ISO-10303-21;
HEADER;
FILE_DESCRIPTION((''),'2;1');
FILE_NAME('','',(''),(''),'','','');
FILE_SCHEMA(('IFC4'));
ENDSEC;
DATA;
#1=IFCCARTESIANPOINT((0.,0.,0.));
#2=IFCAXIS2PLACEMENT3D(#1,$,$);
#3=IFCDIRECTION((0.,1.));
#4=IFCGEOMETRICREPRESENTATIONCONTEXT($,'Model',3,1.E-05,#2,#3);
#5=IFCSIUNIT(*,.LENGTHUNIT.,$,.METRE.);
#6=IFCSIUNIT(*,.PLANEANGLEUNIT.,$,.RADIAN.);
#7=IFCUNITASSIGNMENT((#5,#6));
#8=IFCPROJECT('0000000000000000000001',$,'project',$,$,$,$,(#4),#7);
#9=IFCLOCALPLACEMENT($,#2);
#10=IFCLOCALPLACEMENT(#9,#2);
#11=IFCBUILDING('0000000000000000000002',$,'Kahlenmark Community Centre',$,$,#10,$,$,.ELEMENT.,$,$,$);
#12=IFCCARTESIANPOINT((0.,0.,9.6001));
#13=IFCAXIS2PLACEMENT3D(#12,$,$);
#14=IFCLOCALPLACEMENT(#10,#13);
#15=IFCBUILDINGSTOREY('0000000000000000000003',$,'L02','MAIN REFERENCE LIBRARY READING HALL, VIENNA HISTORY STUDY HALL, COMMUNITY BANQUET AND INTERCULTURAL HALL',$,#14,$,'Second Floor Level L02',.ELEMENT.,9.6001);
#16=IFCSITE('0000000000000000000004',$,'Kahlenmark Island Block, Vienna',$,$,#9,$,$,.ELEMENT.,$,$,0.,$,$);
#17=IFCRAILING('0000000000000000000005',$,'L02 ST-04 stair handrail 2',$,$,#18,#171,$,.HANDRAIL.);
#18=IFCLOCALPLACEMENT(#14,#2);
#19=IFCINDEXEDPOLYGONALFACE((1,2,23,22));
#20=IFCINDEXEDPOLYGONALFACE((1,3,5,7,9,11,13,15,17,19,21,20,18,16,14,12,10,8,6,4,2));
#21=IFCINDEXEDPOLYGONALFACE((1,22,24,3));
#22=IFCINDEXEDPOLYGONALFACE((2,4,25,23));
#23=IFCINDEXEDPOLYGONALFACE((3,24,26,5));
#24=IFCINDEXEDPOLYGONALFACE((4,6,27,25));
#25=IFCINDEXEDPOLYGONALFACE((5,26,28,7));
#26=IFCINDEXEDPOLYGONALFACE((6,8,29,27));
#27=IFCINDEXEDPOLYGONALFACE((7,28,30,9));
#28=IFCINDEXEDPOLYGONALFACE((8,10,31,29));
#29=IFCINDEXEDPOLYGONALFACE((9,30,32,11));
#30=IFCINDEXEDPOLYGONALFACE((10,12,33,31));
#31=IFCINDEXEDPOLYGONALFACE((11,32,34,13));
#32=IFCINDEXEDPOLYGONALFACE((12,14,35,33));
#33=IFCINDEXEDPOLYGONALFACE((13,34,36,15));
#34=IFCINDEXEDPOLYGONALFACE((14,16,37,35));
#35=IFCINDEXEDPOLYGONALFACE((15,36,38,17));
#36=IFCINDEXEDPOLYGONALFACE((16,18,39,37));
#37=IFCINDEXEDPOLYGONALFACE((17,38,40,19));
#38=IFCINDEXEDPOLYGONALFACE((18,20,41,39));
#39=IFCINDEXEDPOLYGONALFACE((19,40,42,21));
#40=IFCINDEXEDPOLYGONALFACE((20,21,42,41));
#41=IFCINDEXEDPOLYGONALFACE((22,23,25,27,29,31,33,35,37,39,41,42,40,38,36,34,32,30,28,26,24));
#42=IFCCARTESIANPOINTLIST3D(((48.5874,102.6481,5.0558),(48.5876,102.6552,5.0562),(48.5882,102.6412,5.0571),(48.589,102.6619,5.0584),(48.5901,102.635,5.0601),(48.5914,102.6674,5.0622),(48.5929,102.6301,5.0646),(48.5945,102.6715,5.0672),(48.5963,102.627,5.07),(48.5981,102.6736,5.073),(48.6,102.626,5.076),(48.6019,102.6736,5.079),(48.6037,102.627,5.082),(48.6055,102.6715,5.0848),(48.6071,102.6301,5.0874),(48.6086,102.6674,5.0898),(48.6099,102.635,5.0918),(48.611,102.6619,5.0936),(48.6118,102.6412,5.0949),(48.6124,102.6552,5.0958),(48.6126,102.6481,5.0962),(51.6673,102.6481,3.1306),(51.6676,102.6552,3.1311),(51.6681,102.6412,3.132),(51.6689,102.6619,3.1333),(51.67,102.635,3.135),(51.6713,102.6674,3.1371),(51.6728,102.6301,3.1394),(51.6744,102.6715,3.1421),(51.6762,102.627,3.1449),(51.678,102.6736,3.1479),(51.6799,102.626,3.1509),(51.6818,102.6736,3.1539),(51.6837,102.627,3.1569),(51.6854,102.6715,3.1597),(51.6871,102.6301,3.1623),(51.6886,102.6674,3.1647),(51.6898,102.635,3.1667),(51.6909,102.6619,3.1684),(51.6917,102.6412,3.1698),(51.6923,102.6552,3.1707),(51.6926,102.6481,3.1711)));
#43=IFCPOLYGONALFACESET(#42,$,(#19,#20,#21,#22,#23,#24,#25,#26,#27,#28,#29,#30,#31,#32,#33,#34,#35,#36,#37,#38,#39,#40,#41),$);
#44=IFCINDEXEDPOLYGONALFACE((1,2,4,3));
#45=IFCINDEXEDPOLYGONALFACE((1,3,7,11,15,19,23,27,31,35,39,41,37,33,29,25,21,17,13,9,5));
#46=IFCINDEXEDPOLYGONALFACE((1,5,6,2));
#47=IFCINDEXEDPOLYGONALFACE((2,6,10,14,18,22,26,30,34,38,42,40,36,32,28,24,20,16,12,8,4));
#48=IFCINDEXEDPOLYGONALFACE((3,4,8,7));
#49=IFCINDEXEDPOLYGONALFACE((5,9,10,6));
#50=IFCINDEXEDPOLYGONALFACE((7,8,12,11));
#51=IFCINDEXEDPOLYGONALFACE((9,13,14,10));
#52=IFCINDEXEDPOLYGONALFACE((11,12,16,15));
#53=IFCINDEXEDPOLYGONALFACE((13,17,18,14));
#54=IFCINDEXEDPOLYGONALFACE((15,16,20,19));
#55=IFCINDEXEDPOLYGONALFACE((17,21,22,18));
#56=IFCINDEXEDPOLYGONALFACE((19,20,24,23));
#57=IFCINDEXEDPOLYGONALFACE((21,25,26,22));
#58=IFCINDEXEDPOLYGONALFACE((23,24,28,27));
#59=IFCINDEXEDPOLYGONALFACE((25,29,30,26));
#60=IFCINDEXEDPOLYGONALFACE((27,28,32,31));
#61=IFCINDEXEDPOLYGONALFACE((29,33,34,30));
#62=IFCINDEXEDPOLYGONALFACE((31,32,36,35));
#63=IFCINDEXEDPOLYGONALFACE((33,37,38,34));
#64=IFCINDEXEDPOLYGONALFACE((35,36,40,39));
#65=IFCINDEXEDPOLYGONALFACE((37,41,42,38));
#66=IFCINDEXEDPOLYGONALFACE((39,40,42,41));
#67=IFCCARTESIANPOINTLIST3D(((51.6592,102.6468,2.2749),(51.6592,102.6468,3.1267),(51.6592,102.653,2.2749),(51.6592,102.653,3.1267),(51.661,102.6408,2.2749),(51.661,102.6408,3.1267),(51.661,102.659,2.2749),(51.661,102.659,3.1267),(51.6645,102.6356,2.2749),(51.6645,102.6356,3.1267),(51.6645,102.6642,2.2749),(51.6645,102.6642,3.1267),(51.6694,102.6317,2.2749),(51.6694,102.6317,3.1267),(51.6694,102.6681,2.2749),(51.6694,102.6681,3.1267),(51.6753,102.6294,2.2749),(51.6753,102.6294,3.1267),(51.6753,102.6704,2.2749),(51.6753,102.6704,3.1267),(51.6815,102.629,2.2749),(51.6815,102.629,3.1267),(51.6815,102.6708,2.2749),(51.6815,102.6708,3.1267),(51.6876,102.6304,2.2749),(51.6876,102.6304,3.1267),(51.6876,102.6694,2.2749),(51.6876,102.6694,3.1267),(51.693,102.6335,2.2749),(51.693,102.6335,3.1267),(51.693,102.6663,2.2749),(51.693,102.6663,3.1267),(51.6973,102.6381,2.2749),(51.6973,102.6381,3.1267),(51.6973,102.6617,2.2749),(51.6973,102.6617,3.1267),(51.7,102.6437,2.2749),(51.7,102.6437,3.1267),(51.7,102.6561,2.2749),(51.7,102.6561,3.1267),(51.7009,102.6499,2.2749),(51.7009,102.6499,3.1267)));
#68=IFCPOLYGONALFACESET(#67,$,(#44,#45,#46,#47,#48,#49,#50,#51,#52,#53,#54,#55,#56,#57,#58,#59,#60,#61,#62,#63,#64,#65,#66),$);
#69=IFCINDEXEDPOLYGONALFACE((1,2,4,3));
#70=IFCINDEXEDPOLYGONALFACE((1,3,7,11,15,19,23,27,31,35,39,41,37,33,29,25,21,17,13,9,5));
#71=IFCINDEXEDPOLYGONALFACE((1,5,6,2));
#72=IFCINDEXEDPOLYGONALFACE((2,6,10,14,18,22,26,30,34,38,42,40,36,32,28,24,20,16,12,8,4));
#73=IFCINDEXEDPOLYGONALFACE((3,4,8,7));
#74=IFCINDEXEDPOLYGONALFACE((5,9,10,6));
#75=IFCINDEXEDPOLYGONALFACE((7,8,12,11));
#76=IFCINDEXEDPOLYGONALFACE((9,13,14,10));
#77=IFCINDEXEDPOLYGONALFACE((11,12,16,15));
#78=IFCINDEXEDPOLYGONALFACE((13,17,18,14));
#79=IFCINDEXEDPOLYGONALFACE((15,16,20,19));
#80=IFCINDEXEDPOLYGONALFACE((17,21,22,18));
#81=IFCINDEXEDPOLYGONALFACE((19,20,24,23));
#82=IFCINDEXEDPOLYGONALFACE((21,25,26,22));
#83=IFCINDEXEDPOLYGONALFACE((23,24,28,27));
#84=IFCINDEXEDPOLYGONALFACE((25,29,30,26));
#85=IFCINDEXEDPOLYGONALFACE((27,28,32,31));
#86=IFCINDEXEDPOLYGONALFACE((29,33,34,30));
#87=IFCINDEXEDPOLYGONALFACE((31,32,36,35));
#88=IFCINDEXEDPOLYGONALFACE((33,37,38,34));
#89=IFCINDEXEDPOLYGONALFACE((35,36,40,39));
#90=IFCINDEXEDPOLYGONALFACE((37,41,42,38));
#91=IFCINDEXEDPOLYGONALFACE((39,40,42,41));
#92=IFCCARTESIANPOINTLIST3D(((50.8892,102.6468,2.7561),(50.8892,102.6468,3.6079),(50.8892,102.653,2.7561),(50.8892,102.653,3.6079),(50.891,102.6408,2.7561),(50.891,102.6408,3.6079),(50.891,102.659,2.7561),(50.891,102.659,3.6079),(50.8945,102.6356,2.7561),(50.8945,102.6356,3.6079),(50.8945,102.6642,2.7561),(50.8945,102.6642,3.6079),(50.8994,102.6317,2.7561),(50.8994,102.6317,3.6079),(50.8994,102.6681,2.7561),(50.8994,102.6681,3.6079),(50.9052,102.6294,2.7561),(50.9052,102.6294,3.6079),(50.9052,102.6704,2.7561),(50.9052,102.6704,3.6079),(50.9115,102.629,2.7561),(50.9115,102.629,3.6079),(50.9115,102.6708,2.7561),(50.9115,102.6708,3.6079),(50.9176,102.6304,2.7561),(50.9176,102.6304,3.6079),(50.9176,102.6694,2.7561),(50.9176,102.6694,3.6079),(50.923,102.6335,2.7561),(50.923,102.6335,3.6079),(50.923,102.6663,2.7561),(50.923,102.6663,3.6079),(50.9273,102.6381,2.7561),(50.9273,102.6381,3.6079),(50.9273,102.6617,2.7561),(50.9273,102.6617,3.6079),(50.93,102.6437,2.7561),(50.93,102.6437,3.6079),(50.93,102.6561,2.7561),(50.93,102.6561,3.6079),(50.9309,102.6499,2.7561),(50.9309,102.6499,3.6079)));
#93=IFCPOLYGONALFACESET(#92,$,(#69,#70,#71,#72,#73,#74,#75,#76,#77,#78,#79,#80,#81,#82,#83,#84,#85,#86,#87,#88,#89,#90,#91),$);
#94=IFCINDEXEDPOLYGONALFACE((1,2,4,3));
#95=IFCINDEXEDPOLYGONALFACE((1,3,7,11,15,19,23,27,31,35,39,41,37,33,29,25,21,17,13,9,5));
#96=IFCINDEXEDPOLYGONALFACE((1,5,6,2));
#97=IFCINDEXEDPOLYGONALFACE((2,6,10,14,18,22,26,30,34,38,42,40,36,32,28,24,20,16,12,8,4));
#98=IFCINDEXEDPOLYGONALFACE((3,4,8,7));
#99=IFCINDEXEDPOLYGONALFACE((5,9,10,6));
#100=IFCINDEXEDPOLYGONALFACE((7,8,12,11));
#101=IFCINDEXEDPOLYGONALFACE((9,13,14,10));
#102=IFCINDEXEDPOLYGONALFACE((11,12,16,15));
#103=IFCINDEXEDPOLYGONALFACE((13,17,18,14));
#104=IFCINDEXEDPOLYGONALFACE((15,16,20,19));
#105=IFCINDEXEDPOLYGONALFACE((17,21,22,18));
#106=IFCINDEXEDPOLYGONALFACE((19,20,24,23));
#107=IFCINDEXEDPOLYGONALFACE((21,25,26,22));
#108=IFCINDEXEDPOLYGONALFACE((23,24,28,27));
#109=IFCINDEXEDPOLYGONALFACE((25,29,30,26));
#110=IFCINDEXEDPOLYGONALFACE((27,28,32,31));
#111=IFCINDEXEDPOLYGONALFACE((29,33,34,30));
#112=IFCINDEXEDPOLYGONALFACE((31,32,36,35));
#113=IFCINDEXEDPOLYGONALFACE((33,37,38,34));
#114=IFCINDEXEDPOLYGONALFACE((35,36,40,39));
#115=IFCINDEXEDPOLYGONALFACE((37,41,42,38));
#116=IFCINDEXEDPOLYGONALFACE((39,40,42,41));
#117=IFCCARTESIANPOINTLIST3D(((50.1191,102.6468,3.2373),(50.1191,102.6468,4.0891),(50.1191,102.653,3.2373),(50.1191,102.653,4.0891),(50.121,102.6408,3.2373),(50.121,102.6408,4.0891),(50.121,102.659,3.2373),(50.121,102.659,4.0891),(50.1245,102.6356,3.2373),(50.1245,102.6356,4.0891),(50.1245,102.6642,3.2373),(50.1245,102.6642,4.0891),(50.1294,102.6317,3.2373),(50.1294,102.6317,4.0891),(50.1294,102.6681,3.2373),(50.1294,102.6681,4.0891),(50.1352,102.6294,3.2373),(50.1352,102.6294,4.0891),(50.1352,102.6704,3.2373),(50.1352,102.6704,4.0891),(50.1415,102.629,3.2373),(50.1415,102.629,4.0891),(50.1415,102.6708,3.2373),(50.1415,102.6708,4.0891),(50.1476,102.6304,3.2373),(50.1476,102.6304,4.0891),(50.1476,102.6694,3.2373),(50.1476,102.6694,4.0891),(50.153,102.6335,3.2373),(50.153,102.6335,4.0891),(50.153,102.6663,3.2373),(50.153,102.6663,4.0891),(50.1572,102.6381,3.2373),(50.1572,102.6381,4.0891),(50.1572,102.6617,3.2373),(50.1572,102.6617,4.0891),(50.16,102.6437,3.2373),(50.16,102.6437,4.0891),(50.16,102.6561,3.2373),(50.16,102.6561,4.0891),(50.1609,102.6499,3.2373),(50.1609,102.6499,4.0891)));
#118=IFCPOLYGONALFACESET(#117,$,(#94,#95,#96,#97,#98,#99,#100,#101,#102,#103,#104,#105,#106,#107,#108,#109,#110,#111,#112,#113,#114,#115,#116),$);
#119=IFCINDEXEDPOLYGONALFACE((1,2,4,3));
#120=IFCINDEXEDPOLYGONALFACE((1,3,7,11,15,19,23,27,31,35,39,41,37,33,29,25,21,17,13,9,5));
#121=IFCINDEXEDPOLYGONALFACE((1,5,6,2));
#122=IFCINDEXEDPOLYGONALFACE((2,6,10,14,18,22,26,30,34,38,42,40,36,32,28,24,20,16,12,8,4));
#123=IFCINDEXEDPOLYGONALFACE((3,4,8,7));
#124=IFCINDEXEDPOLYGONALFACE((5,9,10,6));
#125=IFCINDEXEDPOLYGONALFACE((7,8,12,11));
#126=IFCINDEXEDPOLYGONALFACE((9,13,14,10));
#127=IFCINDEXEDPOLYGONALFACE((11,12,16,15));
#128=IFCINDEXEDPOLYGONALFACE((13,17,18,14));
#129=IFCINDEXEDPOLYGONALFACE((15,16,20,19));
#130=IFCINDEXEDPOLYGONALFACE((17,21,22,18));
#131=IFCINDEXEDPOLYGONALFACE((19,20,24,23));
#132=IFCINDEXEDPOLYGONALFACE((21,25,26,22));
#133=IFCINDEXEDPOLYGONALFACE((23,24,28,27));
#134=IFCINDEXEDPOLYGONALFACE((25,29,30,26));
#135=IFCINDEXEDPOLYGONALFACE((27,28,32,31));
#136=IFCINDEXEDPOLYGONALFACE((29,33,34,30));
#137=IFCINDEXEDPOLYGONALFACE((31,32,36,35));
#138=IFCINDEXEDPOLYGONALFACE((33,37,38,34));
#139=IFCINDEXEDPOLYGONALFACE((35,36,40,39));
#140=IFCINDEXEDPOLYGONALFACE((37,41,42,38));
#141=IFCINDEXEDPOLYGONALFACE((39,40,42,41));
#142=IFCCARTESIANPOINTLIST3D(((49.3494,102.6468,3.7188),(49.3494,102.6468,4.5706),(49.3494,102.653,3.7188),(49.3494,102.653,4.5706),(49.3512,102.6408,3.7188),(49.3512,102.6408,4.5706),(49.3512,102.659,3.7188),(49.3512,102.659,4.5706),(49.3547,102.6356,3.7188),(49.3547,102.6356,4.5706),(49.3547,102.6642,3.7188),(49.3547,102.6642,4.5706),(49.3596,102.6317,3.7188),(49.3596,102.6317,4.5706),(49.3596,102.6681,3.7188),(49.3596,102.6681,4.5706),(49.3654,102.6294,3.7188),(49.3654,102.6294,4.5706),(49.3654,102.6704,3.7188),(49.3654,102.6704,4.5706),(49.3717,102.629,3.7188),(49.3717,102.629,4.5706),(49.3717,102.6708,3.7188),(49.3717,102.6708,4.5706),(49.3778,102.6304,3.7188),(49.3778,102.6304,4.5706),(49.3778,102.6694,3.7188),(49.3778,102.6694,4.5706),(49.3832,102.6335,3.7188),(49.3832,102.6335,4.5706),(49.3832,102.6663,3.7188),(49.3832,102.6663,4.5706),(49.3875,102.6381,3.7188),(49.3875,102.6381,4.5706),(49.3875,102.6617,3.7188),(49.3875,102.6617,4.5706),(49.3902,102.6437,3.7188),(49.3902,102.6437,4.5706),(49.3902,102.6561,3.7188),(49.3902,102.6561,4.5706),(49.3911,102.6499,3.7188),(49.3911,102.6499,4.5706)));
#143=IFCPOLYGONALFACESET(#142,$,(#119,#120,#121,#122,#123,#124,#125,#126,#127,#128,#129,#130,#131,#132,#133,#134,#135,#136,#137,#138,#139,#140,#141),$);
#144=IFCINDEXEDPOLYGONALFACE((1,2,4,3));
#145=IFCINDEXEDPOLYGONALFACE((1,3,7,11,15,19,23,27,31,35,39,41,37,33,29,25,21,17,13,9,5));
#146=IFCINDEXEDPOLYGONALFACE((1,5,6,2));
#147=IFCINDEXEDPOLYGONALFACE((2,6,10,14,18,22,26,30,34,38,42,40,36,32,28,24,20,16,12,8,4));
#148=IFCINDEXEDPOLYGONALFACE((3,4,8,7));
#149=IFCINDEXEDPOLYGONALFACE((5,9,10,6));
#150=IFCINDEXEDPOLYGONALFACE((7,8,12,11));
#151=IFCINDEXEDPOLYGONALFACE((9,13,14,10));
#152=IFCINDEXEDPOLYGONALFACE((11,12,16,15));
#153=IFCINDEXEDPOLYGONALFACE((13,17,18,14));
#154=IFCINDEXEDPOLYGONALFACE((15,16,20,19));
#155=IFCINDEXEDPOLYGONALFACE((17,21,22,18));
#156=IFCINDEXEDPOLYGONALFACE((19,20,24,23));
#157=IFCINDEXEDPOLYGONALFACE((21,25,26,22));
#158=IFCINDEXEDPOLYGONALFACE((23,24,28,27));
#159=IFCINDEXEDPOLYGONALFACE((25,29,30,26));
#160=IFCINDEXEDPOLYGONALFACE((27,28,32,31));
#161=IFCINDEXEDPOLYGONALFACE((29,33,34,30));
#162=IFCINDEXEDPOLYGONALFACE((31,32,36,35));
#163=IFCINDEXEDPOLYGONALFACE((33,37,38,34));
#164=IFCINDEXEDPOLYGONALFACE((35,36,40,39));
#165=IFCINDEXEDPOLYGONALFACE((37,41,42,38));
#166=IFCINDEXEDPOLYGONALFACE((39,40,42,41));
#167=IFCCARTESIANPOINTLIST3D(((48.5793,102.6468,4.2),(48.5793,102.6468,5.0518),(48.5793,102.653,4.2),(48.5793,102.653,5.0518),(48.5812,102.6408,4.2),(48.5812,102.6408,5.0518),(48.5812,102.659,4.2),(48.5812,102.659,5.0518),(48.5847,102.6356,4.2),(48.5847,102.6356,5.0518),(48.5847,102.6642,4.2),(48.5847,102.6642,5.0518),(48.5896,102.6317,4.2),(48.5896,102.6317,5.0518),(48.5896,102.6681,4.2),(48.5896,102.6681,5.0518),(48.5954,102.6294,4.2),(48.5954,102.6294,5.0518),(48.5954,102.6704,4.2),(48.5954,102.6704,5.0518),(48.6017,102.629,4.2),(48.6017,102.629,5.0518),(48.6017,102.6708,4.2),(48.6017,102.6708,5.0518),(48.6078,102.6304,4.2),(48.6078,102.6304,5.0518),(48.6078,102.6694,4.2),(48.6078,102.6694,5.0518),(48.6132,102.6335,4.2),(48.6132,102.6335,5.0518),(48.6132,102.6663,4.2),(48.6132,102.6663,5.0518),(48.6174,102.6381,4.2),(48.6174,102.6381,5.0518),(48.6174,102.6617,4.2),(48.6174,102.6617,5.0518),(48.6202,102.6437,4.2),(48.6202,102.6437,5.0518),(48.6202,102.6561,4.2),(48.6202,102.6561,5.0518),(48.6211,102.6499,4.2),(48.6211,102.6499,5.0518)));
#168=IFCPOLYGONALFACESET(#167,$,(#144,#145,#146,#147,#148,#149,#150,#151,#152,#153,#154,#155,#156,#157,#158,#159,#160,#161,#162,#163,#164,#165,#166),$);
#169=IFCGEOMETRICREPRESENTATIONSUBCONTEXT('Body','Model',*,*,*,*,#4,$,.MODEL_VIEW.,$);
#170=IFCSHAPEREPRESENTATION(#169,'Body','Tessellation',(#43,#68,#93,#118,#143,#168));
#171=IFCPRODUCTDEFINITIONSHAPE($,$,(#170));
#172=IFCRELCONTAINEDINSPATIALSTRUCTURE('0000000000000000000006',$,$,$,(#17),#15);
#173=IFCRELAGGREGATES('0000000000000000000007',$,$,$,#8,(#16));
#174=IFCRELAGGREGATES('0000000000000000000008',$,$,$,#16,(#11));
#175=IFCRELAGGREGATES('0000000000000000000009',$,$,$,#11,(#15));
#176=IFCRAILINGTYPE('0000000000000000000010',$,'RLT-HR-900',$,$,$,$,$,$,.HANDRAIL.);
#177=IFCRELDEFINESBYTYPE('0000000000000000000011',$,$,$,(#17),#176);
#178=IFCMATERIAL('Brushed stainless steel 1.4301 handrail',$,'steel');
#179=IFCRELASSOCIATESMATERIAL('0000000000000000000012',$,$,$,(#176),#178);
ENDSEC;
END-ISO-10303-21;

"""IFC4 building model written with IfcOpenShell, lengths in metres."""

from ifc_helpers import new_model, si_unit, direction, frame, origin, origin_2d, place, context, subcontext, project, spatial, circle, extrude, material, type_object, element, save


model = new_model("IFC4")

# Units and contexts
model_context = context("Model", 3, precision=1e-05, world=origin(), true_north=direction((0.0, 1.0)))
body_context = subcontext(model_context, "Body", "Model", "MODEL_VIEW")
ifc_project = project(units=[si_unit("LENGTHUNIT", "METRE"), si_unit("PLANEANGLEUNIT", "RADIAN")], contexts=[model_context])

# Site, building, storey
site_placement = place(None, origin())
site = spatial("IfcSite", under=ifc_project, at=site_placement, Name="Kahlenmark Island Block, Vienna", CompositionType="ELEMENT", RefElevation=0.0)
building_placement = place(site_placement, origin())
building = spatial("IfcBuilding", under=site, at=building_placement, Name="Kahlenmark Community Centre", CompositionType="ELEMENT")
storey_placement = place(building_placement, frame((0.0, 0.0, 9.6001)))
storey = spatial("IfcBuildingStorey", under=building, at=storey_placement, Name="L02", Description="MAIN REFERENCE LIBRARY READING HALL, VIENNA HISTORY STUDY HALL, COMMUNITY BANQUET AND INTERCULTURAL HALL", LongName="Second Floor Level L02", CompositionType="ELEMENT", Elevation=9.6001)

# Railing
ifc_material_1 = material(Name="Brushed stainless steel 1.4301 handrail", Category="steel")
railing_type_1 = type_object("IfcRailingType", Name="RLT-HR-900", PredefinedType="HANDRAIL", material=ifc_material_1)
railing_1_placement = place(storey_placement, frame((51.6799, 102.6499, 2.2749)))
element("IfcRailing", 1, at=railing_1_placement, inside=storey, type_object=railing_type_1, Name="L02 ST-04 stair handrail 2", PredefinedType="HANDRAIL", context=body_context, shape_type="SweptSolid", body=[
    extrude(circle(Radius=0.0239, at=origin_2d()), frame((0.0, 0.0, 0.876), z_axis=(-0.847979, 0.0, 0.530029), x_axis=(0.0, -1.0, 0.0)), (0.0, 0.0, 1.0), 3.6321),
    extrude(circle(Radius=0.021, at=origin_2d()), origin(), (0.0, 0.0, 1.0), 0.8518),
    extrude(circle(Radius=0.021, at=origin_2d()), frame((-0.77, 0.0, 0.4812)), (0.0, 0.0, 1.0), 0.8518),
    extrude(circle(Radius=0.021, at=origin_2d()), frame((-1.54, 0.0, 0.9624)), (0.0, 0.0, 1.0), 0.8518),
    extrude(circle(Radius=0.021, at=origin_2d()), frame((-2.3098, 0.0, 1.4438)), (0.0, 0.0, 1.0), 0.8518),
    extrude(circle(Radius=0.021, at=origin_2d()), frame((-3.0798, 0.0, 1.925)), (0.0, 0.0, 1.0), 0.8518),
])

save(model, "model.ifc")
